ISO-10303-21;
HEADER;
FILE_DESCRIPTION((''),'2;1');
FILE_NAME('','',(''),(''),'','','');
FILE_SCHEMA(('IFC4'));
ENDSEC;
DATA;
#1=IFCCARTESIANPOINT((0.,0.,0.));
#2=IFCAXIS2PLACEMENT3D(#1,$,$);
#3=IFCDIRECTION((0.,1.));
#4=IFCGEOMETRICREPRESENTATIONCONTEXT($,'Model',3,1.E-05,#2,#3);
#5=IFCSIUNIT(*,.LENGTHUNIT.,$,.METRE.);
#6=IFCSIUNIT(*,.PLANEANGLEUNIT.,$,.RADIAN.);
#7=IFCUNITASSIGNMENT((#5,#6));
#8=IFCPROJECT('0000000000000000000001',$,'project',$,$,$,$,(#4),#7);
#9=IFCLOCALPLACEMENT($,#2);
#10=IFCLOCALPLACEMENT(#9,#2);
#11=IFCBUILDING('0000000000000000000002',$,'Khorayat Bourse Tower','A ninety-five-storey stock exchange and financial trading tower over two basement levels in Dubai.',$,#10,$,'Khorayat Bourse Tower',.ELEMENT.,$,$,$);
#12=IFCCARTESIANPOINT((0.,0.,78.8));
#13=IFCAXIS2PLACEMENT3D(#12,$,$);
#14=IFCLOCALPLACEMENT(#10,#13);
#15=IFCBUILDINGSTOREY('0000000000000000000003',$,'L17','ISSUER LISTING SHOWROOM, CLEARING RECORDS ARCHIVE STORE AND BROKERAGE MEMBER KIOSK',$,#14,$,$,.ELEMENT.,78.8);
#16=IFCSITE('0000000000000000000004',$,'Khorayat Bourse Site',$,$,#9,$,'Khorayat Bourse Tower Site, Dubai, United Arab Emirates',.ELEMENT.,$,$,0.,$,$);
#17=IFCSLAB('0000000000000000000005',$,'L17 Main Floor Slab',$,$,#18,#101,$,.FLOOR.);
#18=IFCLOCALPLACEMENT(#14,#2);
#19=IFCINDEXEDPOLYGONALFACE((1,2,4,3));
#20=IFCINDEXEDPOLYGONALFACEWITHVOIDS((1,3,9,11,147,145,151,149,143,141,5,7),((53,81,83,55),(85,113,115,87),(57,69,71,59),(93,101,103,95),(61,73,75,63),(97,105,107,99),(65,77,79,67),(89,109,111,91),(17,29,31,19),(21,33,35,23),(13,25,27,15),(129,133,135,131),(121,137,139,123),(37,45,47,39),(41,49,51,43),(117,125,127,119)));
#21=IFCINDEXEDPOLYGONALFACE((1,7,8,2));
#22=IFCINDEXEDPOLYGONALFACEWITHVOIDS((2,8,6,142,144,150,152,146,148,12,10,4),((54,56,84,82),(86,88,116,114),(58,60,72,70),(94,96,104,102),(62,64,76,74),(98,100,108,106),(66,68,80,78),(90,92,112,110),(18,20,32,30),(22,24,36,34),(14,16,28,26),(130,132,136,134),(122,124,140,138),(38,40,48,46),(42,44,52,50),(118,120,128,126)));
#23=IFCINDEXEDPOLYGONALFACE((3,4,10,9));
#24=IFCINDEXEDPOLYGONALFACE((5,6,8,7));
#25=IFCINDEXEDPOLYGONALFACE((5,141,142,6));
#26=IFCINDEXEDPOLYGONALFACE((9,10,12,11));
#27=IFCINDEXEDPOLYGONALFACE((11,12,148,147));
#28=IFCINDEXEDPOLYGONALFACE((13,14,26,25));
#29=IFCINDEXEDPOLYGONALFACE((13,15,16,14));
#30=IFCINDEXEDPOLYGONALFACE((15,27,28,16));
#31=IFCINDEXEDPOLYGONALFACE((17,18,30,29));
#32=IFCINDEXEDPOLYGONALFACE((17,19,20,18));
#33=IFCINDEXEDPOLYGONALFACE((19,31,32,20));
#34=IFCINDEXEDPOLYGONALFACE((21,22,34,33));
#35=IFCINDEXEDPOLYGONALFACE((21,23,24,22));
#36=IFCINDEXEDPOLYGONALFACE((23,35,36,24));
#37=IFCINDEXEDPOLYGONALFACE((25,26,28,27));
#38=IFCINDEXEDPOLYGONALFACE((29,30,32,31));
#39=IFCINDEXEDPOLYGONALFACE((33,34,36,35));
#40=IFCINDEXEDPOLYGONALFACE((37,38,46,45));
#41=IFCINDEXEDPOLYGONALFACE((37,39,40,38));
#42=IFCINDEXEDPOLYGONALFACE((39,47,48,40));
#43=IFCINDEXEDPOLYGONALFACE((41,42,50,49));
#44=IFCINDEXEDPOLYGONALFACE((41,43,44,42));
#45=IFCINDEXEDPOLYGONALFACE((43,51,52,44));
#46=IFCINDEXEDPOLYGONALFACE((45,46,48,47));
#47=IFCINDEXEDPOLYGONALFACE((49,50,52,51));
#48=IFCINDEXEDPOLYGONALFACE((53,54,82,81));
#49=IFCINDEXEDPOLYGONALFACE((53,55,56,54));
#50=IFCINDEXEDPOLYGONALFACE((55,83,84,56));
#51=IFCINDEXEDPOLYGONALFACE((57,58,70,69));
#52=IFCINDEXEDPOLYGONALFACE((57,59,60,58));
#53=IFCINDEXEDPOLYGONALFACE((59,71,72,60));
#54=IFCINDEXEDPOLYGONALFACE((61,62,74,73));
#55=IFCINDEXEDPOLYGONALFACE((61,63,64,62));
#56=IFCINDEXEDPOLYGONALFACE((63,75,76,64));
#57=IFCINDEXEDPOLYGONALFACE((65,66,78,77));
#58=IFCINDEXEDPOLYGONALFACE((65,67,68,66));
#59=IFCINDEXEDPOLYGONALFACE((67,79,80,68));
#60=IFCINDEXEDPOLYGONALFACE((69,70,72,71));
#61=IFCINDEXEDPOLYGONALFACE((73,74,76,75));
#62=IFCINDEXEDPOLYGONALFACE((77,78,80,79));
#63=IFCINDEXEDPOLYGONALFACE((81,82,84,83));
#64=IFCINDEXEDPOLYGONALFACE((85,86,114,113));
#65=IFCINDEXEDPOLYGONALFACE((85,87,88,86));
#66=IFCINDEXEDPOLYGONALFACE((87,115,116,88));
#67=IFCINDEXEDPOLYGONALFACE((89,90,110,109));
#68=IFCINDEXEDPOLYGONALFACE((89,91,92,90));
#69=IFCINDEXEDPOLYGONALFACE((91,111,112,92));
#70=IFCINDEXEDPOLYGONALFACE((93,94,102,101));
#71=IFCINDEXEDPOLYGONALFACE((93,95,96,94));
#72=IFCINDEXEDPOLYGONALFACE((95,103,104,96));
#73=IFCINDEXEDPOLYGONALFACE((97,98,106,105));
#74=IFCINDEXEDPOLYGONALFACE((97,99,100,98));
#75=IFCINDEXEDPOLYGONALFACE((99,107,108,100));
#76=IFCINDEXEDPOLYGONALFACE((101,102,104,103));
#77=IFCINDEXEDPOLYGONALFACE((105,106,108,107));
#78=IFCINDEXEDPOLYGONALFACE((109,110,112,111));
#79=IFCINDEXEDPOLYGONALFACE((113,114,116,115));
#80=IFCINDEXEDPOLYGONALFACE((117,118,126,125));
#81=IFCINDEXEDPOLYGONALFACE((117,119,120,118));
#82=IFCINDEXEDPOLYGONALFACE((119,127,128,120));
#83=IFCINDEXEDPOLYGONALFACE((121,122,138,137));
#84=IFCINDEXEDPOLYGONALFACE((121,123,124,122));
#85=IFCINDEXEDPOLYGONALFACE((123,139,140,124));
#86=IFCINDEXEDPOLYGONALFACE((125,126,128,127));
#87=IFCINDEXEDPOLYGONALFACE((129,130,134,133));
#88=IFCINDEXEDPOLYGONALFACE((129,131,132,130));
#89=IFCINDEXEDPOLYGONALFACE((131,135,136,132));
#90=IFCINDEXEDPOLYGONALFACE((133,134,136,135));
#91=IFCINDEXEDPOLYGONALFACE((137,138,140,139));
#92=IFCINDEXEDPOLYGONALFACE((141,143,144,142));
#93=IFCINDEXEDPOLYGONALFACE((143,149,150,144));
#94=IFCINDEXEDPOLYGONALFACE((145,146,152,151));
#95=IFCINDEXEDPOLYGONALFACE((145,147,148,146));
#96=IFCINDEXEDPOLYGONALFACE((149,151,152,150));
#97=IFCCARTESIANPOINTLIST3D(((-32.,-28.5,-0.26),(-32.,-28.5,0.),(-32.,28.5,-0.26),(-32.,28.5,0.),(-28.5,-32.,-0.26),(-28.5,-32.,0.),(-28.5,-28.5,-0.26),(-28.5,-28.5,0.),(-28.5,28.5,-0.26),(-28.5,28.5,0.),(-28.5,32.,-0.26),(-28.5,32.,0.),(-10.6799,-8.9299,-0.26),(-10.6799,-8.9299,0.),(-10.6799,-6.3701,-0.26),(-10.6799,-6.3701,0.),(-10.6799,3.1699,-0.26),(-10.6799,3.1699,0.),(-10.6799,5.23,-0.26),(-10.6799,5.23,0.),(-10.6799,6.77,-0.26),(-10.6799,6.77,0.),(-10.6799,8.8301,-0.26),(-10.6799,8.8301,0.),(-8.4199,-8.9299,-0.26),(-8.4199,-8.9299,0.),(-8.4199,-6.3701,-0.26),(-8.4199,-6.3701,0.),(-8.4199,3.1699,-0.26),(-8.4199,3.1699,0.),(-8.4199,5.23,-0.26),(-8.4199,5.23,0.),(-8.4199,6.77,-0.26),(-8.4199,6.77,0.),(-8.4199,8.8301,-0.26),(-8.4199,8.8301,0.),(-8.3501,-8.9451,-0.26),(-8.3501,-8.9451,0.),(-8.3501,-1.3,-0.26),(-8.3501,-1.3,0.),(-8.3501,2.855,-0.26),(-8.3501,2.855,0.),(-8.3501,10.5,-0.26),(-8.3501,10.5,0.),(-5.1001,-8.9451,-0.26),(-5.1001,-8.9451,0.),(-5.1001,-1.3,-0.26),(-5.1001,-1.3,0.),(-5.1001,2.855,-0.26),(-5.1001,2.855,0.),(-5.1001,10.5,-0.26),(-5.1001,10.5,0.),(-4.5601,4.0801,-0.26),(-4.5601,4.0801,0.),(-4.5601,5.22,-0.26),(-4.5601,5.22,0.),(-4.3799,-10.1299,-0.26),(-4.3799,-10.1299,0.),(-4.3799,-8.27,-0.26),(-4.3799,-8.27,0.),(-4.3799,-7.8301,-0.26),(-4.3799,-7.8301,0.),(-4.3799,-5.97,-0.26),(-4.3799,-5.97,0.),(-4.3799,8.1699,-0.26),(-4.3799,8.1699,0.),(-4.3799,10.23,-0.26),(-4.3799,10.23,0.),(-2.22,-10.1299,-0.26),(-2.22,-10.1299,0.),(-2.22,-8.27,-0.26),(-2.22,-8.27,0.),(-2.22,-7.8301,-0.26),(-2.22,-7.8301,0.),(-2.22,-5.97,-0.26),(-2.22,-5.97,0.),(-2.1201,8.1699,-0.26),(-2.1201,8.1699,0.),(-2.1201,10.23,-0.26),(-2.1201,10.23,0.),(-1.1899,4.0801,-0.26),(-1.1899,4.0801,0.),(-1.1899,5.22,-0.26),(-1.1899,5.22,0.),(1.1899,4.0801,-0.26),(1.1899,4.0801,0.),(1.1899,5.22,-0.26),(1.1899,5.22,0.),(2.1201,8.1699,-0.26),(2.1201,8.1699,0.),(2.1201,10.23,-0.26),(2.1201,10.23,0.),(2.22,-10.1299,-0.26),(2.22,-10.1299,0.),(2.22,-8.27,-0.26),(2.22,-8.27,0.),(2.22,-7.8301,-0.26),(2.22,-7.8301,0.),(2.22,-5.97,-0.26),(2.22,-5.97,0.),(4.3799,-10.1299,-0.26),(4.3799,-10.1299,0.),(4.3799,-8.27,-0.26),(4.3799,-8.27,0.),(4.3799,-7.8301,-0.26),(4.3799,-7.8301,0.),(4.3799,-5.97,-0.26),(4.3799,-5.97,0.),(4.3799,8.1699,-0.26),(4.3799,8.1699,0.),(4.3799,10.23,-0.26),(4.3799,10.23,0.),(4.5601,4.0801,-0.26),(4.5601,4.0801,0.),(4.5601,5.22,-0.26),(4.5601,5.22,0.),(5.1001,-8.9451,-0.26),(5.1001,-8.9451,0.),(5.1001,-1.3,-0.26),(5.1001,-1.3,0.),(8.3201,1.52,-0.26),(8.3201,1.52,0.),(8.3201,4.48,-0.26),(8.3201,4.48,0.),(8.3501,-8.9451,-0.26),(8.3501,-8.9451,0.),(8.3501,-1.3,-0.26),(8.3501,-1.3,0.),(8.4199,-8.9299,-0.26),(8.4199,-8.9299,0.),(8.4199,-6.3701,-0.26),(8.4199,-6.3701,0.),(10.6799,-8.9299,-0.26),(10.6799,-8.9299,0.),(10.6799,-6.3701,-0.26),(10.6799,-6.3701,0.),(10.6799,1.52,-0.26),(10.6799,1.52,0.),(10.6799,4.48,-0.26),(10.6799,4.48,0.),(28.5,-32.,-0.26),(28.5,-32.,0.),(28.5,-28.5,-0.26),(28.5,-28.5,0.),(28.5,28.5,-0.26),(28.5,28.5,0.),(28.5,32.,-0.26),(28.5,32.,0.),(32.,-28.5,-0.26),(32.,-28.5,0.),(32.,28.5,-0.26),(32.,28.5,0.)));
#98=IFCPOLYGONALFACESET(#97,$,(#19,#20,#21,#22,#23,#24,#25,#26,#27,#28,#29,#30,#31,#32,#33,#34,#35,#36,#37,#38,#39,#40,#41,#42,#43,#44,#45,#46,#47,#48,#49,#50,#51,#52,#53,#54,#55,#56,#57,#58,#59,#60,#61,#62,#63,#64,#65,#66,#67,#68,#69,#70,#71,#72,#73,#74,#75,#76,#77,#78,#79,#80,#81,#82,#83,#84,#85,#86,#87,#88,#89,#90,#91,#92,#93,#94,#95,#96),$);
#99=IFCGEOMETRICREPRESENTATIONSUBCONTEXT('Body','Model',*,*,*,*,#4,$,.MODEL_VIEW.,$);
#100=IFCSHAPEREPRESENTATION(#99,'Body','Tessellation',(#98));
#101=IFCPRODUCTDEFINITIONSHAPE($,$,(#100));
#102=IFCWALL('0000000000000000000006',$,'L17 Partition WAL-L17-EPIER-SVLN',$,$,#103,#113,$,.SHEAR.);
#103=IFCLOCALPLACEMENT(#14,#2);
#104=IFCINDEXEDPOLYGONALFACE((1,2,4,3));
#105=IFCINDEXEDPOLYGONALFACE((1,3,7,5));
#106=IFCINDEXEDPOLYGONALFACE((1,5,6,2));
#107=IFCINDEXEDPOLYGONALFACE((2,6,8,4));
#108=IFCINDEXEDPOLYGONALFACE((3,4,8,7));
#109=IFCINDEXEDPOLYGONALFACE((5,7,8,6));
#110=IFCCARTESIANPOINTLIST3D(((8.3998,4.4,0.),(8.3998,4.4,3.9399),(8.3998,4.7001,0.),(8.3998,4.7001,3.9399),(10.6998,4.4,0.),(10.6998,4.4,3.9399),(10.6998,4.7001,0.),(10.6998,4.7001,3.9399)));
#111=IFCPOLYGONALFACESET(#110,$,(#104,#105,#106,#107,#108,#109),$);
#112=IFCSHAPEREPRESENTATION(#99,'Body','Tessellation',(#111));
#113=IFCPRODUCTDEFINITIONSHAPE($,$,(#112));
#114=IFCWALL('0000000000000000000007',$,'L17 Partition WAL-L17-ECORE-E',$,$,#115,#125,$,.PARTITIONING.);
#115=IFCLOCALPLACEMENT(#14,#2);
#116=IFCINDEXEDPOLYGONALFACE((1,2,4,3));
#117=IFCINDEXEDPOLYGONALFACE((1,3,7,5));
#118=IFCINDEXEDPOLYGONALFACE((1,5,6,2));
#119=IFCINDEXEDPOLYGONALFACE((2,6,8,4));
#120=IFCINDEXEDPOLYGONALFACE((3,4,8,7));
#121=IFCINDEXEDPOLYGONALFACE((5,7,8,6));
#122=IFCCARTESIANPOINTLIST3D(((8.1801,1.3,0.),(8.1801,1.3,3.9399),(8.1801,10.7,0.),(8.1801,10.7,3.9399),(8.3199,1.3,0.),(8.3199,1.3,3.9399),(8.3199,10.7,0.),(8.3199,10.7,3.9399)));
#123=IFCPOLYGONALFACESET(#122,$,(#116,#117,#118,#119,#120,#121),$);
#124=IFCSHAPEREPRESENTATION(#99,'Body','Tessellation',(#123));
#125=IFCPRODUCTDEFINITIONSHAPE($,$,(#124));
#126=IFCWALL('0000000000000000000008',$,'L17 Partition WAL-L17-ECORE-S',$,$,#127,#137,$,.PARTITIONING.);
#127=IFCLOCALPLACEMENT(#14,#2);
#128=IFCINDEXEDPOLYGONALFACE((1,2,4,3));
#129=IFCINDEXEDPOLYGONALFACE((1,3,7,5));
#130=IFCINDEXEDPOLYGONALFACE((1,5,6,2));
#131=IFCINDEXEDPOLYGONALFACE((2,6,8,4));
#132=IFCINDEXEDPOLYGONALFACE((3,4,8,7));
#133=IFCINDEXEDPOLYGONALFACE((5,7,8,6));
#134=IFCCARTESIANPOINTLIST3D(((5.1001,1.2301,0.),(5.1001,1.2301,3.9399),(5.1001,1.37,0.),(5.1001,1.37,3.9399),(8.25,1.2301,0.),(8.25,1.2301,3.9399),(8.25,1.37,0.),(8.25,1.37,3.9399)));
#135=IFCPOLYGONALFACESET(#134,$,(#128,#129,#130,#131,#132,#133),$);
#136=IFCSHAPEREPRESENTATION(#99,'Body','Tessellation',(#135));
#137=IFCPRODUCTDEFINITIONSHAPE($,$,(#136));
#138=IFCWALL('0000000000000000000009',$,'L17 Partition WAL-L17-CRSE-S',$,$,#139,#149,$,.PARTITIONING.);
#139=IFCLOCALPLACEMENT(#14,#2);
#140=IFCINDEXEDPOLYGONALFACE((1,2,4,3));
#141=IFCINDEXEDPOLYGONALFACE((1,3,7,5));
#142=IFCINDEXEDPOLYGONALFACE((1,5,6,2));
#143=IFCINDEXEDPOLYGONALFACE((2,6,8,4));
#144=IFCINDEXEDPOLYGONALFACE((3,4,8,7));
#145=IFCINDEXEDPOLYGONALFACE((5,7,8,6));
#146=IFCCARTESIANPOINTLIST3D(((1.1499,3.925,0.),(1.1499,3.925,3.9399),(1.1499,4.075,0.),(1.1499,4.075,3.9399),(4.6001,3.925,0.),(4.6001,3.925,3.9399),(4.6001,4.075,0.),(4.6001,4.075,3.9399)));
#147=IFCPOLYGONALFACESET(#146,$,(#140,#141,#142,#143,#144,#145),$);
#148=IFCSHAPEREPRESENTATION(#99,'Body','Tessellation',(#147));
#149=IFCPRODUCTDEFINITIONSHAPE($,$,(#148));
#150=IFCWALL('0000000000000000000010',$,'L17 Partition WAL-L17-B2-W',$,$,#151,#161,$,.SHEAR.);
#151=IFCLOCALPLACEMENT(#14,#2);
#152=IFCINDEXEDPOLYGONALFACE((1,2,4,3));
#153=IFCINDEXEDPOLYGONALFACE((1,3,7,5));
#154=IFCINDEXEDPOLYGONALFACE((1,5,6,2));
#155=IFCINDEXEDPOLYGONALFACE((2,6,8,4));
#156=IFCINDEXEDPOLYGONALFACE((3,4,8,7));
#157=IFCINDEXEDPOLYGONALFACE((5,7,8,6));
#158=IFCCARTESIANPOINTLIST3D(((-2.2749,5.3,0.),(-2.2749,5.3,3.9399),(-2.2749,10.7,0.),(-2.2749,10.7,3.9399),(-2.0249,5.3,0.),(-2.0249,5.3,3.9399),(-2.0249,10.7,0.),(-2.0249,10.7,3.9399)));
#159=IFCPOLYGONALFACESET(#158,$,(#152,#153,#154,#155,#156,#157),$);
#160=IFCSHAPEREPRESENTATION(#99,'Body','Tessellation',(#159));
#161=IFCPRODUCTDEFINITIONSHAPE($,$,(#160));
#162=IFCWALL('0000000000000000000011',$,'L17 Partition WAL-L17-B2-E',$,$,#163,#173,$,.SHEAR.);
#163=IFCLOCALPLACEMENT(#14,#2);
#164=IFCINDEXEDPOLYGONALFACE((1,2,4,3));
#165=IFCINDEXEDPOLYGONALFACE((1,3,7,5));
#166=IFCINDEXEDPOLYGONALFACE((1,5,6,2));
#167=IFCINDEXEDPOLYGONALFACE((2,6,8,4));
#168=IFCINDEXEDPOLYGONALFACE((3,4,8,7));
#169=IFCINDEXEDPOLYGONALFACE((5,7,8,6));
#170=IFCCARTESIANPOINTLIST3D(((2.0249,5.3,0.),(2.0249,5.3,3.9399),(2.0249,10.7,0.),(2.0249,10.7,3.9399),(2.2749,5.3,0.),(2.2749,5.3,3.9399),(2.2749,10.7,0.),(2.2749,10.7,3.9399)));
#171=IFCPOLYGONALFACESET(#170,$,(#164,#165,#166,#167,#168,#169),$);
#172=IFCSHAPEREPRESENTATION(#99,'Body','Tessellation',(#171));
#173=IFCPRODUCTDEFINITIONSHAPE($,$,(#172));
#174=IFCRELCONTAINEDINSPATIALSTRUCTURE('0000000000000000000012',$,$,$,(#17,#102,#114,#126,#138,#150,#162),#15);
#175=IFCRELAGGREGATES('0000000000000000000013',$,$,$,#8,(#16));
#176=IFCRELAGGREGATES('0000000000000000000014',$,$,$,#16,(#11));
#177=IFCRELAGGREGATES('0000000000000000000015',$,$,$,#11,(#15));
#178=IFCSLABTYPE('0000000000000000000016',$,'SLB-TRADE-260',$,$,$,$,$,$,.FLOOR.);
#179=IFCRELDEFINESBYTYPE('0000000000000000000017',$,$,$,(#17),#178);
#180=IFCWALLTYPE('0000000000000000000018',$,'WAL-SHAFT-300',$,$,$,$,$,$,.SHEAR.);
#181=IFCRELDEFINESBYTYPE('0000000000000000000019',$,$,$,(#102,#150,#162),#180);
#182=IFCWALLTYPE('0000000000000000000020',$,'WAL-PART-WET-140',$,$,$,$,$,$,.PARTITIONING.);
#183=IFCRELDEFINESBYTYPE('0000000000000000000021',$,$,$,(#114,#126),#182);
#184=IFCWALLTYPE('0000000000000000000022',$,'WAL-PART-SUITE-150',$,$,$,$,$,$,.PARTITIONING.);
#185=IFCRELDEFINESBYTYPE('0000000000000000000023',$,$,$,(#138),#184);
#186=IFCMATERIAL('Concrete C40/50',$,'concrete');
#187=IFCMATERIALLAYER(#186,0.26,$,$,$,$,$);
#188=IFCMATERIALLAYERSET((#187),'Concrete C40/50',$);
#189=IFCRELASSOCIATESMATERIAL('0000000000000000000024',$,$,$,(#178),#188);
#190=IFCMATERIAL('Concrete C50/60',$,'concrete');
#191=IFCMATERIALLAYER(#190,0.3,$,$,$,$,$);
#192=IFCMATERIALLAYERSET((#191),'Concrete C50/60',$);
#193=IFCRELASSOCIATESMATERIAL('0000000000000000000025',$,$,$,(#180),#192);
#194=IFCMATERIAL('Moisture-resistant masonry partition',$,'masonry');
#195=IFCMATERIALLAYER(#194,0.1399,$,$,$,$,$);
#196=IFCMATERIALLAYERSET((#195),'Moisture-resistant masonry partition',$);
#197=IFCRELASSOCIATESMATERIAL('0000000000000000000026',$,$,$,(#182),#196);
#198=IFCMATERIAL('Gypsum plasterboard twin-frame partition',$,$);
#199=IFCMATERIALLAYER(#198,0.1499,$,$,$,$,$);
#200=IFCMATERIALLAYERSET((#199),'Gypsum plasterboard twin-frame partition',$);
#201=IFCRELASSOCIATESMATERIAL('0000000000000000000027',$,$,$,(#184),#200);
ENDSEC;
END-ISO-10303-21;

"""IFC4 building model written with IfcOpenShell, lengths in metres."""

from ifc_helpers import new_model, si_unit, direction, frame, frame_2d, origin, place, context, subcontext, project, spatial, polyline, rectangle, outline, extrude, source, transform, mapped, material, layer, layer_set, type_object, element, save


model = new_model("IFC4")

# Units and contexts
model_context = context("Model", 3, precision=1e-05, world=origin(), true_north=direction((0.0, 1.0)))
body_context = subcontext(model_context, "Body", "Model", "MODEL_VIEW")
ifc_project = project(units=[si_unit("LENGTHUNIT", "METRE"), si_unit("PLANEANGLEUNIT", "RADIAN")], contexts=[model_context])

# Site, building, storey
site_placement = place(None, origin())
site = spatial("IfcSite", under=ifc_project, at=site_placement, Name="Khorayat Bourse Site", LongName="Khorayat Bourse Tower Site, Dubai, United Arab Emirates", CompositionType="ELEMENT", RefElevation=0.0)
building_placement = place(site_placement, origin())
building = spatial("IfcBuilding", under=site, at=building_placement, Name="Khorayat Bourse Tower", Description="A ninety-five-storey stock exchange and financial trading tower over two basement levels in Dubai.", LongName="Khorayat Bourse Tower", CompositionType="ELEMENT")
storey_placement = place(building_placement, frame((0.0, 0.0, 78.8)))
storey = spatial("IfcBuildingStorey", under=building, at=storey_placement, Name="L17", Description="ISSUER LISTING SHOWROOM, CLEARING RECORDS ARCHIVE STORE AND BROKERAGE MEMBER KIOSK", CompositionType="ELEMENT", Elevation=78.8)

# Shared definitions
ifc_material_1 = material(Name="Concrete C40/50", Category="concrete")

# Slab
ifc_layer_1 = layer(ifc_material_1, 0.26)
ifc_layer_set_1 = layer_set([ifc_layer_1], Name="Concrete C40/50")
slab_type_1 = type_object("IfcSlabType", Name="SLB-TRADE-260", PredefinedType="FLOOR", material=ifc_layer_set_1)
slab_1_placement = place(storey_placement, frame((0.0, 0.0, -0.26)))
element("IfcSlab", 1, at=slab_1_placement, inside=storey, type_object=slab_type_1, Name="L17 Main Floor Slab", PredefinedType="FLOOR", context=body_context, shape_type="SweptSolid", body=[
    extrude(outline(polyline([(-28.5, -32.0), (28.5, -32.0), (28.5, -28.5), (32.0, -28.5), (32.0, 28.5), (28.5, 28.5), (28.5, 32.0), (-28.5, 32.0), (-28.5, 28.5), (-32.0, 28.5), (-32.0, -28.5), (-28.5, -28.5), (-28.5, -32.0)]), holes=[polyline([(-8.3501, -8.9451), (-5.1001, -8.9451), (-5.1001, -1.3), (-8.3501, -1.3), (-8.3501, -8.9451)]), polyline([(-8.3501, 2.855), (-5.1001, 2.855), (-5.1001, 10.5), (-8.3501, 10.5), (-8.3501, 2.855)]), polyline([(5.1001, -8.9451), (8.3501, -8.9451), (8.3501, -1.3), (5.1001, -1.3), (5.1001, -8.9451)]), polyline([(-4.3799, -10.1299), (-2.22, -10.1299), (-2.22, -8.27), (-4.3799, -8.27), (-4.3799, -10.1299)]), polyline([(2.22, -10.1299), (4.3799, -10.1299), (4.3799, -8.27), (2.22, -8.27), (2.22, -10.1299)]), polyline([(-4.3799, -7.8301), (-2.22, -7.8301), (-2.22, -5.97), (-4.3799, -5.97), (-4.3799, -7.8301)]), polyline([(2.22, -7.8301), (4.3799, -7.8301), (4.3799, -5.97), (2.22, -5.97), (2.22, -7.8301)]), polyline([(-4.3799, 8.1699), (-2.1201, 8.1699), (-2.1201, 10.23), (-4.3799, 10.23), (-4.3799, 8.1699)]), polyline([(2.1201, 8.1699), (4.3799, 8.1699), (4.3799, 10.23), (2.1201, 10.23), (2.1201, 8.1699)]), polyline([(-10.6799, 3.1699), (-8.4199, 3.1699), (-8.4199, 5.23), (-10.6799, 5.23), (-10.6799, 3.1699)]), polyline([(-10.6799, 6.77), (-8.4199, 6.77), (-8.4199, 8.8301), (-10.6799, 8.8301), (-10.6799, 6.77)]), polyline([(-10.6799, -8.9299), (-8.4199, -8.9299), (-8.4199, -6.3701), (-10.6799, -6.3701), (-10.6799, -8.9299)]), polyline([(8.4199, -8.9299), (10.6799, -8.9299), (10.6799, -6.3701), (8.4199, -6.3701), (8.4199, -8.9299)]), polyline([(8.3201, 1.52), (10.6799, 1.52), (10.6799, 4.48), (8.3201, 4.48), (8.3201, 1.52)]), polyline([(-4.5601, 4.0801), (-1.1899, 4.0801), (-1.1899, 5.22), (-4.5601, 5.22), (-4.5601, 4.0801)]), polyline([(1.1899, 4.0801), (4.5601, 4.0801), (4.5601, 5.22), (1.1899, 5.22), (1.1899, 4.0801)])]), origin(), (0.0, 0.0, 1.0), 0.26),
])

# Walls
ifc_material_2 = material(Name="Concrete C50/60", Category="concrete")
ifc_layer_2 = layer(ifc_material_2, 0.3)
ifc_layer_set_2 = layer_set([ifc_layer_2], Name="Concrete C50/60")
wall_type_1 = type_object("IfcWallType", Name="WAL-SHAFT-300", PredefinedType="SHEAR", material=ifc_layer_set_2)
shared_shape_1 = source(origin(), body_context, "Body", "SweptSolid", [
    extrude(rectangle(XDim=2.3, YDim=0.3, at=frame_2d((1.1499, 0.0))), origin(), (0.0, 0.0, 1.0), 3.9399),
])
wall_1_placement = place(storey_placement, frame((8.3999, 4.55, 0.0), z_axis=(0.0, 0.0, 1.0), x_axis=(1.0, 0.0, 0.0)))
element("IfcWall", 2, at=wall_1_placement, inside=storey, type_object=wall_type_1, Name="L17 Partition WAL-L17-EPIER-SVLN", PredefinedType="SHEAR", context=body_context, shape_type="MappedRepresentation", body=[
    mapped(shared_shape_1, transform((0.0, 0.0, 0.0), scale=1.0)),
])
ifc_material_3 = material(Name="Moisture-resistant masonry partition", Category="masonry")
ifc_layer_3 = layer(ifc_material_3, 0.1399)
ifc_layer_set_3 = layer_set([ifc_layer_3], Name="Moisture-resistant masonry partition")
wall_type_2 = type_object("IfcWallType", Name="WAL-PART-WET-140", PredefinedType="PARTITIONING", material=ifc_layer_set_3)
shared_shape_2 = source(origin(), body_context, "Body", "SweptSolid", [
    extrude(rectangle(XDim=9.3999, YDim=0.1399, at=frame_2d((4.7, 0.0))), origin(), (0.0, 0.0, 1.0), 3.9399),
])
wall_2_placement = place(storey_placement, frame((8.25, 1.3, 0.0), z_axis=(0.0, 0.0, 1.0), x_axis=(0.0, 1.0, 0.0)))
element("IfcWall", 3, at=wall_2_placement, inside=storey, type_object=wall_type_2, Name="L17 Partition WAL-L17-ECORE-E", PredefinedType="PARTITIONING", context=body_context, shape_type="MappedRepresentation", body=[
    mapped(shared_shape_2, transform((0.0, 0.0, 0.0), scale=1.0)),
])
shared_shape_3 = source(origin(), body_context, "Body", "SweptSolid", [
    extrude(rectangle(XDim=3.1499, YDim=0.1399, at=frame_2d((1.575, 0.0))), origin(), (0.0, 0.0, 1.0), 3.9399),
])
wall_3_placement = place(storey_placement, frame((5.1001, 1.3, 0.0), z_axis=(0.0, 0.0, 1.0), x_axis=(1.0, 0.0, 0.0)))
element("IfcWall", 4, at=wall_3_placement, inside=storey, type_object=wall_type_2, Name="L17 Partition WAL-L17-ECORE-S", PredefinedType="PARTITIONING", context=body_context, shape_type="MappedRepresentation", body=[
    mapped(shared_shape_3, transform((0.0, 0.0, 0.0), scale=1.0)),
])

# Walls
ifc_material_4 = material(Name="Gypsum plasterboard twin-frame partition")
ifc_layer_4 = layer(ifc_material_4, 0.1499)
ifc_layer_set_4 = layer_set([ifc_layer_4], Name="Gypsum plasterboard twin-frame partition")
wall_type_3 = type_object("IfcWallType", Name="WAL-PART-SUITE-150", PredefinedType="PARTITIONING", material=ifc_layer_set_4)
shared_shape_4 = source(origin(), body_context, "Body", "SweptSolid", [
    extrude(rectangle(XDim=3.4502, YDim=0.1499, at=frame_2d((1.7251, 0.0))), origin(), (0.0, 0.0, 1.0), 3.9399),
])
wall_4_placement = place(storey_placement, frame((1.1499, 4.0, 0.0), z_axis=(0.0, 0.0, 1.0), x_axis=(1.0, 0.0, 0.0)))
element("IfcWall", 5, at=wall_4_placement, inside=storey, type_object=wall_type_3, Name="L17 Partition WAL-L17-CRSE-S", PredefinedType="PARTITIONING", context=body_context, shape_type="MappedRepresentation", body=[
    mapped(shared_shape_4, transform((0.0, 0.0, 0.0), scale=1.0)),
])
shared_shape_5 = source(origin(), body_context, "Body", "SweptSolid", [
    extrude(rectangle(XDim=5.3999, YDim=0.25, at=frame_2d((2.7, 0.0))), origin(), (0.0, 0.0, 1.0), 3.9399),
])
for number, where, z_axis, x_axis, name in (
    (6, (-2.1499, 5.3, 0.0), (0.0, 0.0, 1.0), (0.0, 1.0, 0.0), "L17 Partition WAL-L17-B2-W"),
    (7, (2.1499, 5.3, 0.0), (0.0, 0.0, 1.0), (0.0, 1.0, 0.0), "L17 Partition WAL-L17-B2-E"),
):
    element("IfcWall", number, at=place(storey_placement, frame(where, z_axis=z_axis, x_axis=x_axis)), inside=storey, type_object=wall_type_1, Name=name, PredefinedType="SHEAR", context=body_context, shape_type="MappedRepresentation", body=[
        mapped(shared_shape_5, transform((0.0, 0.0, 0.0), scale=1.0)),
    ])

save(model, "model.ifc")
